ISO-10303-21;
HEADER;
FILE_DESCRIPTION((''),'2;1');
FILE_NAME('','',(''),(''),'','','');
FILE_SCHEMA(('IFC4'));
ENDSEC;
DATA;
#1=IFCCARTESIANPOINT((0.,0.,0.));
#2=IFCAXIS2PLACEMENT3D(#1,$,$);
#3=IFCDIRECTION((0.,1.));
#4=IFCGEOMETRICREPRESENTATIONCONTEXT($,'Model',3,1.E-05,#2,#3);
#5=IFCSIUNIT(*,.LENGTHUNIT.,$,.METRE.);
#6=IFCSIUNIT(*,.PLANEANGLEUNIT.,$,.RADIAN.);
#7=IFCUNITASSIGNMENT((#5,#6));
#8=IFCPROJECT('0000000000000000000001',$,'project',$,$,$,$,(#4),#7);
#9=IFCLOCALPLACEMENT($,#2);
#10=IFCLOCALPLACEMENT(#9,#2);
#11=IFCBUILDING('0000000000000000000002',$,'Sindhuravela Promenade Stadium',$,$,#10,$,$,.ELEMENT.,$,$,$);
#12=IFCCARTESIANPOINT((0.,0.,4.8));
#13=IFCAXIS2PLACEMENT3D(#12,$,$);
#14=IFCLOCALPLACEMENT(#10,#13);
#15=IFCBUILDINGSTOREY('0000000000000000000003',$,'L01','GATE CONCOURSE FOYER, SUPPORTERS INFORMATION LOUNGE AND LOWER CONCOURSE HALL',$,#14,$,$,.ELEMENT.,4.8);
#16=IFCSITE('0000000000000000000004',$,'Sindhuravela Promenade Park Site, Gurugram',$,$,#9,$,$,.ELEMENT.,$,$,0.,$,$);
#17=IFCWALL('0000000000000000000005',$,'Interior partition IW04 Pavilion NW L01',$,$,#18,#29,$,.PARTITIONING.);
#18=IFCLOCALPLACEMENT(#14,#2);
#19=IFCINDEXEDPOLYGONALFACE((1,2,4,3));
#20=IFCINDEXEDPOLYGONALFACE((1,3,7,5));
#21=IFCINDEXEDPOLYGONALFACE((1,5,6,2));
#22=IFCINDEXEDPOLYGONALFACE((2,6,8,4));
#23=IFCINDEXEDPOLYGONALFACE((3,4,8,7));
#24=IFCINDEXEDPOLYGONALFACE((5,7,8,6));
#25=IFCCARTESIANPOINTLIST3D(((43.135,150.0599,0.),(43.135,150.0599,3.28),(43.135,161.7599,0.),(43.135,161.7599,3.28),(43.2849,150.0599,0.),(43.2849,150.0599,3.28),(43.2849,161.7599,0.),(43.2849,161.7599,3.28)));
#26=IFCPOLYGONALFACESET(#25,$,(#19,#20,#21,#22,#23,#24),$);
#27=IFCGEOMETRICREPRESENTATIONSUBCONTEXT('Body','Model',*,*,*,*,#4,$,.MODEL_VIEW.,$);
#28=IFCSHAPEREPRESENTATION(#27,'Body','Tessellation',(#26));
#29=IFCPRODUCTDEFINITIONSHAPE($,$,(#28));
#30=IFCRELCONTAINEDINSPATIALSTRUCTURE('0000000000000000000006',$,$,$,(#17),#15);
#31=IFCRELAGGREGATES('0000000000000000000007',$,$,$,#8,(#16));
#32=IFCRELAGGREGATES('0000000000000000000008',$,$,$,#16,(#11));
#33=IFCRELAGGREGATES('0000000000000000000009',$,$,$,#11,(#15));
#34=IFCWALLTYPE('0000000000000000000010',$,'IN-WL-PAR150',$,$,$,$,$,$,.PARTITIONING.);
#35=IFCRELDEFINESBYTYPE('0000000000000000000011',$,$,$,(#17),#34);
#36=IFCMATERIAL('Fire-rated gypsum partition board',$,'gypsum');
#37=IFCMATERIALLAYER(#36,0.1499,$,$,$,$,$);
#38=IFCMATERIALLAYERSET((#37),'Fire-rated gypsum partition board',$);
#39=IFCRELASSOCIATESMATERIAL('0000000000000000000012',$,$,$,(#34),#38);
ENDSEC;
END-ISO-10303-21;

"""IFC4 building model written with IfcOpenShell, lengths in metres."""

from ifc_helpers import new_model, si_unit, direction, frame, frame_2d, origin, place, context, subcontext, project, spatial, rectangle, extrude, material, layer, layer_set, type_object, element, save


model = new_model("IFC4")

# Units and contexts
model_context = context("Model", 3, precision=1e-05, world=origin(), true_north=direction((0.0, 1.0)))
body_context = subcontext(model_context, "Body", "Model", "MODEL_VIEW")
ifc_project = project(units=[si_unit("LENGTHUNIT", "METRE"), si_unit("PLANEANGLEUNIT", "RADIAN")], contexts=[model_context])

# Site, building, storey
site_placement = place(None, origin())
site = spatial("IfcSite", under=ifc_project, at=site_placement, Name="Sindhuravela Promenade Park Site, Gurugram", CompositionType="ELEMENT", RefElevation=0.0)
building_placement = place(site_placement, origin())
building = spatial("IfcBuilding", under=site, at=building_placement, Name="Sindhuravela Promenade Stadium", CompositionType="ELEMENT")
storey_placement = place(building_placement, frame((0.0, 0.0, 4.8)))
storey = spatial("IfcBuildingStorey", under=building, at=storey_placement, Name="L01", Description="GATE CONCOURSE FOYER, SUPPORTERS INFORMATION LOUNGE AND LOWER CONCOURSE HALL", CompositionType="ELEMENT", Elevation=4.8)

# Wall
ifc_material_1 = material(Name="Fire-rated gypsum partition board", Category="gypsum")
ifc_layer_1 = layer(ifc_material_1, 0.1499)
ifc_layer_set_1 = layer_set([ifc_layer_1], Name="Fire-rated gypsum partition board")
wall_type_1 = type_object("IfcWallType", Name="IN-WL-PAR150", PredefinedType="PARTITIONING", material=ifc_layer_set_1)
wall_1_placement = place(storey_placement, frame((43.21, 161.76, 0.0), z_axis=(0.0, 0.0, 1.0), x_axis=(0.0, -1.0, 0.0)))
element("IfcWall", 1, at=wall_1_placement, inside=storey, type_object=wall_type_1, Name="Interior partition IW04 Pavilion NW L01", PredefinedType="PARTITIONING", context=body_context, shape_type="SweptSolid", body=[
    extrude(rectangle(XDim=11.7, YDim=0.1499, at=frame_2d((5.8501, 0.0))), origin(), (0.0, 0.0, 1.0), 3.28),
])

save(model, "model.ifc")
